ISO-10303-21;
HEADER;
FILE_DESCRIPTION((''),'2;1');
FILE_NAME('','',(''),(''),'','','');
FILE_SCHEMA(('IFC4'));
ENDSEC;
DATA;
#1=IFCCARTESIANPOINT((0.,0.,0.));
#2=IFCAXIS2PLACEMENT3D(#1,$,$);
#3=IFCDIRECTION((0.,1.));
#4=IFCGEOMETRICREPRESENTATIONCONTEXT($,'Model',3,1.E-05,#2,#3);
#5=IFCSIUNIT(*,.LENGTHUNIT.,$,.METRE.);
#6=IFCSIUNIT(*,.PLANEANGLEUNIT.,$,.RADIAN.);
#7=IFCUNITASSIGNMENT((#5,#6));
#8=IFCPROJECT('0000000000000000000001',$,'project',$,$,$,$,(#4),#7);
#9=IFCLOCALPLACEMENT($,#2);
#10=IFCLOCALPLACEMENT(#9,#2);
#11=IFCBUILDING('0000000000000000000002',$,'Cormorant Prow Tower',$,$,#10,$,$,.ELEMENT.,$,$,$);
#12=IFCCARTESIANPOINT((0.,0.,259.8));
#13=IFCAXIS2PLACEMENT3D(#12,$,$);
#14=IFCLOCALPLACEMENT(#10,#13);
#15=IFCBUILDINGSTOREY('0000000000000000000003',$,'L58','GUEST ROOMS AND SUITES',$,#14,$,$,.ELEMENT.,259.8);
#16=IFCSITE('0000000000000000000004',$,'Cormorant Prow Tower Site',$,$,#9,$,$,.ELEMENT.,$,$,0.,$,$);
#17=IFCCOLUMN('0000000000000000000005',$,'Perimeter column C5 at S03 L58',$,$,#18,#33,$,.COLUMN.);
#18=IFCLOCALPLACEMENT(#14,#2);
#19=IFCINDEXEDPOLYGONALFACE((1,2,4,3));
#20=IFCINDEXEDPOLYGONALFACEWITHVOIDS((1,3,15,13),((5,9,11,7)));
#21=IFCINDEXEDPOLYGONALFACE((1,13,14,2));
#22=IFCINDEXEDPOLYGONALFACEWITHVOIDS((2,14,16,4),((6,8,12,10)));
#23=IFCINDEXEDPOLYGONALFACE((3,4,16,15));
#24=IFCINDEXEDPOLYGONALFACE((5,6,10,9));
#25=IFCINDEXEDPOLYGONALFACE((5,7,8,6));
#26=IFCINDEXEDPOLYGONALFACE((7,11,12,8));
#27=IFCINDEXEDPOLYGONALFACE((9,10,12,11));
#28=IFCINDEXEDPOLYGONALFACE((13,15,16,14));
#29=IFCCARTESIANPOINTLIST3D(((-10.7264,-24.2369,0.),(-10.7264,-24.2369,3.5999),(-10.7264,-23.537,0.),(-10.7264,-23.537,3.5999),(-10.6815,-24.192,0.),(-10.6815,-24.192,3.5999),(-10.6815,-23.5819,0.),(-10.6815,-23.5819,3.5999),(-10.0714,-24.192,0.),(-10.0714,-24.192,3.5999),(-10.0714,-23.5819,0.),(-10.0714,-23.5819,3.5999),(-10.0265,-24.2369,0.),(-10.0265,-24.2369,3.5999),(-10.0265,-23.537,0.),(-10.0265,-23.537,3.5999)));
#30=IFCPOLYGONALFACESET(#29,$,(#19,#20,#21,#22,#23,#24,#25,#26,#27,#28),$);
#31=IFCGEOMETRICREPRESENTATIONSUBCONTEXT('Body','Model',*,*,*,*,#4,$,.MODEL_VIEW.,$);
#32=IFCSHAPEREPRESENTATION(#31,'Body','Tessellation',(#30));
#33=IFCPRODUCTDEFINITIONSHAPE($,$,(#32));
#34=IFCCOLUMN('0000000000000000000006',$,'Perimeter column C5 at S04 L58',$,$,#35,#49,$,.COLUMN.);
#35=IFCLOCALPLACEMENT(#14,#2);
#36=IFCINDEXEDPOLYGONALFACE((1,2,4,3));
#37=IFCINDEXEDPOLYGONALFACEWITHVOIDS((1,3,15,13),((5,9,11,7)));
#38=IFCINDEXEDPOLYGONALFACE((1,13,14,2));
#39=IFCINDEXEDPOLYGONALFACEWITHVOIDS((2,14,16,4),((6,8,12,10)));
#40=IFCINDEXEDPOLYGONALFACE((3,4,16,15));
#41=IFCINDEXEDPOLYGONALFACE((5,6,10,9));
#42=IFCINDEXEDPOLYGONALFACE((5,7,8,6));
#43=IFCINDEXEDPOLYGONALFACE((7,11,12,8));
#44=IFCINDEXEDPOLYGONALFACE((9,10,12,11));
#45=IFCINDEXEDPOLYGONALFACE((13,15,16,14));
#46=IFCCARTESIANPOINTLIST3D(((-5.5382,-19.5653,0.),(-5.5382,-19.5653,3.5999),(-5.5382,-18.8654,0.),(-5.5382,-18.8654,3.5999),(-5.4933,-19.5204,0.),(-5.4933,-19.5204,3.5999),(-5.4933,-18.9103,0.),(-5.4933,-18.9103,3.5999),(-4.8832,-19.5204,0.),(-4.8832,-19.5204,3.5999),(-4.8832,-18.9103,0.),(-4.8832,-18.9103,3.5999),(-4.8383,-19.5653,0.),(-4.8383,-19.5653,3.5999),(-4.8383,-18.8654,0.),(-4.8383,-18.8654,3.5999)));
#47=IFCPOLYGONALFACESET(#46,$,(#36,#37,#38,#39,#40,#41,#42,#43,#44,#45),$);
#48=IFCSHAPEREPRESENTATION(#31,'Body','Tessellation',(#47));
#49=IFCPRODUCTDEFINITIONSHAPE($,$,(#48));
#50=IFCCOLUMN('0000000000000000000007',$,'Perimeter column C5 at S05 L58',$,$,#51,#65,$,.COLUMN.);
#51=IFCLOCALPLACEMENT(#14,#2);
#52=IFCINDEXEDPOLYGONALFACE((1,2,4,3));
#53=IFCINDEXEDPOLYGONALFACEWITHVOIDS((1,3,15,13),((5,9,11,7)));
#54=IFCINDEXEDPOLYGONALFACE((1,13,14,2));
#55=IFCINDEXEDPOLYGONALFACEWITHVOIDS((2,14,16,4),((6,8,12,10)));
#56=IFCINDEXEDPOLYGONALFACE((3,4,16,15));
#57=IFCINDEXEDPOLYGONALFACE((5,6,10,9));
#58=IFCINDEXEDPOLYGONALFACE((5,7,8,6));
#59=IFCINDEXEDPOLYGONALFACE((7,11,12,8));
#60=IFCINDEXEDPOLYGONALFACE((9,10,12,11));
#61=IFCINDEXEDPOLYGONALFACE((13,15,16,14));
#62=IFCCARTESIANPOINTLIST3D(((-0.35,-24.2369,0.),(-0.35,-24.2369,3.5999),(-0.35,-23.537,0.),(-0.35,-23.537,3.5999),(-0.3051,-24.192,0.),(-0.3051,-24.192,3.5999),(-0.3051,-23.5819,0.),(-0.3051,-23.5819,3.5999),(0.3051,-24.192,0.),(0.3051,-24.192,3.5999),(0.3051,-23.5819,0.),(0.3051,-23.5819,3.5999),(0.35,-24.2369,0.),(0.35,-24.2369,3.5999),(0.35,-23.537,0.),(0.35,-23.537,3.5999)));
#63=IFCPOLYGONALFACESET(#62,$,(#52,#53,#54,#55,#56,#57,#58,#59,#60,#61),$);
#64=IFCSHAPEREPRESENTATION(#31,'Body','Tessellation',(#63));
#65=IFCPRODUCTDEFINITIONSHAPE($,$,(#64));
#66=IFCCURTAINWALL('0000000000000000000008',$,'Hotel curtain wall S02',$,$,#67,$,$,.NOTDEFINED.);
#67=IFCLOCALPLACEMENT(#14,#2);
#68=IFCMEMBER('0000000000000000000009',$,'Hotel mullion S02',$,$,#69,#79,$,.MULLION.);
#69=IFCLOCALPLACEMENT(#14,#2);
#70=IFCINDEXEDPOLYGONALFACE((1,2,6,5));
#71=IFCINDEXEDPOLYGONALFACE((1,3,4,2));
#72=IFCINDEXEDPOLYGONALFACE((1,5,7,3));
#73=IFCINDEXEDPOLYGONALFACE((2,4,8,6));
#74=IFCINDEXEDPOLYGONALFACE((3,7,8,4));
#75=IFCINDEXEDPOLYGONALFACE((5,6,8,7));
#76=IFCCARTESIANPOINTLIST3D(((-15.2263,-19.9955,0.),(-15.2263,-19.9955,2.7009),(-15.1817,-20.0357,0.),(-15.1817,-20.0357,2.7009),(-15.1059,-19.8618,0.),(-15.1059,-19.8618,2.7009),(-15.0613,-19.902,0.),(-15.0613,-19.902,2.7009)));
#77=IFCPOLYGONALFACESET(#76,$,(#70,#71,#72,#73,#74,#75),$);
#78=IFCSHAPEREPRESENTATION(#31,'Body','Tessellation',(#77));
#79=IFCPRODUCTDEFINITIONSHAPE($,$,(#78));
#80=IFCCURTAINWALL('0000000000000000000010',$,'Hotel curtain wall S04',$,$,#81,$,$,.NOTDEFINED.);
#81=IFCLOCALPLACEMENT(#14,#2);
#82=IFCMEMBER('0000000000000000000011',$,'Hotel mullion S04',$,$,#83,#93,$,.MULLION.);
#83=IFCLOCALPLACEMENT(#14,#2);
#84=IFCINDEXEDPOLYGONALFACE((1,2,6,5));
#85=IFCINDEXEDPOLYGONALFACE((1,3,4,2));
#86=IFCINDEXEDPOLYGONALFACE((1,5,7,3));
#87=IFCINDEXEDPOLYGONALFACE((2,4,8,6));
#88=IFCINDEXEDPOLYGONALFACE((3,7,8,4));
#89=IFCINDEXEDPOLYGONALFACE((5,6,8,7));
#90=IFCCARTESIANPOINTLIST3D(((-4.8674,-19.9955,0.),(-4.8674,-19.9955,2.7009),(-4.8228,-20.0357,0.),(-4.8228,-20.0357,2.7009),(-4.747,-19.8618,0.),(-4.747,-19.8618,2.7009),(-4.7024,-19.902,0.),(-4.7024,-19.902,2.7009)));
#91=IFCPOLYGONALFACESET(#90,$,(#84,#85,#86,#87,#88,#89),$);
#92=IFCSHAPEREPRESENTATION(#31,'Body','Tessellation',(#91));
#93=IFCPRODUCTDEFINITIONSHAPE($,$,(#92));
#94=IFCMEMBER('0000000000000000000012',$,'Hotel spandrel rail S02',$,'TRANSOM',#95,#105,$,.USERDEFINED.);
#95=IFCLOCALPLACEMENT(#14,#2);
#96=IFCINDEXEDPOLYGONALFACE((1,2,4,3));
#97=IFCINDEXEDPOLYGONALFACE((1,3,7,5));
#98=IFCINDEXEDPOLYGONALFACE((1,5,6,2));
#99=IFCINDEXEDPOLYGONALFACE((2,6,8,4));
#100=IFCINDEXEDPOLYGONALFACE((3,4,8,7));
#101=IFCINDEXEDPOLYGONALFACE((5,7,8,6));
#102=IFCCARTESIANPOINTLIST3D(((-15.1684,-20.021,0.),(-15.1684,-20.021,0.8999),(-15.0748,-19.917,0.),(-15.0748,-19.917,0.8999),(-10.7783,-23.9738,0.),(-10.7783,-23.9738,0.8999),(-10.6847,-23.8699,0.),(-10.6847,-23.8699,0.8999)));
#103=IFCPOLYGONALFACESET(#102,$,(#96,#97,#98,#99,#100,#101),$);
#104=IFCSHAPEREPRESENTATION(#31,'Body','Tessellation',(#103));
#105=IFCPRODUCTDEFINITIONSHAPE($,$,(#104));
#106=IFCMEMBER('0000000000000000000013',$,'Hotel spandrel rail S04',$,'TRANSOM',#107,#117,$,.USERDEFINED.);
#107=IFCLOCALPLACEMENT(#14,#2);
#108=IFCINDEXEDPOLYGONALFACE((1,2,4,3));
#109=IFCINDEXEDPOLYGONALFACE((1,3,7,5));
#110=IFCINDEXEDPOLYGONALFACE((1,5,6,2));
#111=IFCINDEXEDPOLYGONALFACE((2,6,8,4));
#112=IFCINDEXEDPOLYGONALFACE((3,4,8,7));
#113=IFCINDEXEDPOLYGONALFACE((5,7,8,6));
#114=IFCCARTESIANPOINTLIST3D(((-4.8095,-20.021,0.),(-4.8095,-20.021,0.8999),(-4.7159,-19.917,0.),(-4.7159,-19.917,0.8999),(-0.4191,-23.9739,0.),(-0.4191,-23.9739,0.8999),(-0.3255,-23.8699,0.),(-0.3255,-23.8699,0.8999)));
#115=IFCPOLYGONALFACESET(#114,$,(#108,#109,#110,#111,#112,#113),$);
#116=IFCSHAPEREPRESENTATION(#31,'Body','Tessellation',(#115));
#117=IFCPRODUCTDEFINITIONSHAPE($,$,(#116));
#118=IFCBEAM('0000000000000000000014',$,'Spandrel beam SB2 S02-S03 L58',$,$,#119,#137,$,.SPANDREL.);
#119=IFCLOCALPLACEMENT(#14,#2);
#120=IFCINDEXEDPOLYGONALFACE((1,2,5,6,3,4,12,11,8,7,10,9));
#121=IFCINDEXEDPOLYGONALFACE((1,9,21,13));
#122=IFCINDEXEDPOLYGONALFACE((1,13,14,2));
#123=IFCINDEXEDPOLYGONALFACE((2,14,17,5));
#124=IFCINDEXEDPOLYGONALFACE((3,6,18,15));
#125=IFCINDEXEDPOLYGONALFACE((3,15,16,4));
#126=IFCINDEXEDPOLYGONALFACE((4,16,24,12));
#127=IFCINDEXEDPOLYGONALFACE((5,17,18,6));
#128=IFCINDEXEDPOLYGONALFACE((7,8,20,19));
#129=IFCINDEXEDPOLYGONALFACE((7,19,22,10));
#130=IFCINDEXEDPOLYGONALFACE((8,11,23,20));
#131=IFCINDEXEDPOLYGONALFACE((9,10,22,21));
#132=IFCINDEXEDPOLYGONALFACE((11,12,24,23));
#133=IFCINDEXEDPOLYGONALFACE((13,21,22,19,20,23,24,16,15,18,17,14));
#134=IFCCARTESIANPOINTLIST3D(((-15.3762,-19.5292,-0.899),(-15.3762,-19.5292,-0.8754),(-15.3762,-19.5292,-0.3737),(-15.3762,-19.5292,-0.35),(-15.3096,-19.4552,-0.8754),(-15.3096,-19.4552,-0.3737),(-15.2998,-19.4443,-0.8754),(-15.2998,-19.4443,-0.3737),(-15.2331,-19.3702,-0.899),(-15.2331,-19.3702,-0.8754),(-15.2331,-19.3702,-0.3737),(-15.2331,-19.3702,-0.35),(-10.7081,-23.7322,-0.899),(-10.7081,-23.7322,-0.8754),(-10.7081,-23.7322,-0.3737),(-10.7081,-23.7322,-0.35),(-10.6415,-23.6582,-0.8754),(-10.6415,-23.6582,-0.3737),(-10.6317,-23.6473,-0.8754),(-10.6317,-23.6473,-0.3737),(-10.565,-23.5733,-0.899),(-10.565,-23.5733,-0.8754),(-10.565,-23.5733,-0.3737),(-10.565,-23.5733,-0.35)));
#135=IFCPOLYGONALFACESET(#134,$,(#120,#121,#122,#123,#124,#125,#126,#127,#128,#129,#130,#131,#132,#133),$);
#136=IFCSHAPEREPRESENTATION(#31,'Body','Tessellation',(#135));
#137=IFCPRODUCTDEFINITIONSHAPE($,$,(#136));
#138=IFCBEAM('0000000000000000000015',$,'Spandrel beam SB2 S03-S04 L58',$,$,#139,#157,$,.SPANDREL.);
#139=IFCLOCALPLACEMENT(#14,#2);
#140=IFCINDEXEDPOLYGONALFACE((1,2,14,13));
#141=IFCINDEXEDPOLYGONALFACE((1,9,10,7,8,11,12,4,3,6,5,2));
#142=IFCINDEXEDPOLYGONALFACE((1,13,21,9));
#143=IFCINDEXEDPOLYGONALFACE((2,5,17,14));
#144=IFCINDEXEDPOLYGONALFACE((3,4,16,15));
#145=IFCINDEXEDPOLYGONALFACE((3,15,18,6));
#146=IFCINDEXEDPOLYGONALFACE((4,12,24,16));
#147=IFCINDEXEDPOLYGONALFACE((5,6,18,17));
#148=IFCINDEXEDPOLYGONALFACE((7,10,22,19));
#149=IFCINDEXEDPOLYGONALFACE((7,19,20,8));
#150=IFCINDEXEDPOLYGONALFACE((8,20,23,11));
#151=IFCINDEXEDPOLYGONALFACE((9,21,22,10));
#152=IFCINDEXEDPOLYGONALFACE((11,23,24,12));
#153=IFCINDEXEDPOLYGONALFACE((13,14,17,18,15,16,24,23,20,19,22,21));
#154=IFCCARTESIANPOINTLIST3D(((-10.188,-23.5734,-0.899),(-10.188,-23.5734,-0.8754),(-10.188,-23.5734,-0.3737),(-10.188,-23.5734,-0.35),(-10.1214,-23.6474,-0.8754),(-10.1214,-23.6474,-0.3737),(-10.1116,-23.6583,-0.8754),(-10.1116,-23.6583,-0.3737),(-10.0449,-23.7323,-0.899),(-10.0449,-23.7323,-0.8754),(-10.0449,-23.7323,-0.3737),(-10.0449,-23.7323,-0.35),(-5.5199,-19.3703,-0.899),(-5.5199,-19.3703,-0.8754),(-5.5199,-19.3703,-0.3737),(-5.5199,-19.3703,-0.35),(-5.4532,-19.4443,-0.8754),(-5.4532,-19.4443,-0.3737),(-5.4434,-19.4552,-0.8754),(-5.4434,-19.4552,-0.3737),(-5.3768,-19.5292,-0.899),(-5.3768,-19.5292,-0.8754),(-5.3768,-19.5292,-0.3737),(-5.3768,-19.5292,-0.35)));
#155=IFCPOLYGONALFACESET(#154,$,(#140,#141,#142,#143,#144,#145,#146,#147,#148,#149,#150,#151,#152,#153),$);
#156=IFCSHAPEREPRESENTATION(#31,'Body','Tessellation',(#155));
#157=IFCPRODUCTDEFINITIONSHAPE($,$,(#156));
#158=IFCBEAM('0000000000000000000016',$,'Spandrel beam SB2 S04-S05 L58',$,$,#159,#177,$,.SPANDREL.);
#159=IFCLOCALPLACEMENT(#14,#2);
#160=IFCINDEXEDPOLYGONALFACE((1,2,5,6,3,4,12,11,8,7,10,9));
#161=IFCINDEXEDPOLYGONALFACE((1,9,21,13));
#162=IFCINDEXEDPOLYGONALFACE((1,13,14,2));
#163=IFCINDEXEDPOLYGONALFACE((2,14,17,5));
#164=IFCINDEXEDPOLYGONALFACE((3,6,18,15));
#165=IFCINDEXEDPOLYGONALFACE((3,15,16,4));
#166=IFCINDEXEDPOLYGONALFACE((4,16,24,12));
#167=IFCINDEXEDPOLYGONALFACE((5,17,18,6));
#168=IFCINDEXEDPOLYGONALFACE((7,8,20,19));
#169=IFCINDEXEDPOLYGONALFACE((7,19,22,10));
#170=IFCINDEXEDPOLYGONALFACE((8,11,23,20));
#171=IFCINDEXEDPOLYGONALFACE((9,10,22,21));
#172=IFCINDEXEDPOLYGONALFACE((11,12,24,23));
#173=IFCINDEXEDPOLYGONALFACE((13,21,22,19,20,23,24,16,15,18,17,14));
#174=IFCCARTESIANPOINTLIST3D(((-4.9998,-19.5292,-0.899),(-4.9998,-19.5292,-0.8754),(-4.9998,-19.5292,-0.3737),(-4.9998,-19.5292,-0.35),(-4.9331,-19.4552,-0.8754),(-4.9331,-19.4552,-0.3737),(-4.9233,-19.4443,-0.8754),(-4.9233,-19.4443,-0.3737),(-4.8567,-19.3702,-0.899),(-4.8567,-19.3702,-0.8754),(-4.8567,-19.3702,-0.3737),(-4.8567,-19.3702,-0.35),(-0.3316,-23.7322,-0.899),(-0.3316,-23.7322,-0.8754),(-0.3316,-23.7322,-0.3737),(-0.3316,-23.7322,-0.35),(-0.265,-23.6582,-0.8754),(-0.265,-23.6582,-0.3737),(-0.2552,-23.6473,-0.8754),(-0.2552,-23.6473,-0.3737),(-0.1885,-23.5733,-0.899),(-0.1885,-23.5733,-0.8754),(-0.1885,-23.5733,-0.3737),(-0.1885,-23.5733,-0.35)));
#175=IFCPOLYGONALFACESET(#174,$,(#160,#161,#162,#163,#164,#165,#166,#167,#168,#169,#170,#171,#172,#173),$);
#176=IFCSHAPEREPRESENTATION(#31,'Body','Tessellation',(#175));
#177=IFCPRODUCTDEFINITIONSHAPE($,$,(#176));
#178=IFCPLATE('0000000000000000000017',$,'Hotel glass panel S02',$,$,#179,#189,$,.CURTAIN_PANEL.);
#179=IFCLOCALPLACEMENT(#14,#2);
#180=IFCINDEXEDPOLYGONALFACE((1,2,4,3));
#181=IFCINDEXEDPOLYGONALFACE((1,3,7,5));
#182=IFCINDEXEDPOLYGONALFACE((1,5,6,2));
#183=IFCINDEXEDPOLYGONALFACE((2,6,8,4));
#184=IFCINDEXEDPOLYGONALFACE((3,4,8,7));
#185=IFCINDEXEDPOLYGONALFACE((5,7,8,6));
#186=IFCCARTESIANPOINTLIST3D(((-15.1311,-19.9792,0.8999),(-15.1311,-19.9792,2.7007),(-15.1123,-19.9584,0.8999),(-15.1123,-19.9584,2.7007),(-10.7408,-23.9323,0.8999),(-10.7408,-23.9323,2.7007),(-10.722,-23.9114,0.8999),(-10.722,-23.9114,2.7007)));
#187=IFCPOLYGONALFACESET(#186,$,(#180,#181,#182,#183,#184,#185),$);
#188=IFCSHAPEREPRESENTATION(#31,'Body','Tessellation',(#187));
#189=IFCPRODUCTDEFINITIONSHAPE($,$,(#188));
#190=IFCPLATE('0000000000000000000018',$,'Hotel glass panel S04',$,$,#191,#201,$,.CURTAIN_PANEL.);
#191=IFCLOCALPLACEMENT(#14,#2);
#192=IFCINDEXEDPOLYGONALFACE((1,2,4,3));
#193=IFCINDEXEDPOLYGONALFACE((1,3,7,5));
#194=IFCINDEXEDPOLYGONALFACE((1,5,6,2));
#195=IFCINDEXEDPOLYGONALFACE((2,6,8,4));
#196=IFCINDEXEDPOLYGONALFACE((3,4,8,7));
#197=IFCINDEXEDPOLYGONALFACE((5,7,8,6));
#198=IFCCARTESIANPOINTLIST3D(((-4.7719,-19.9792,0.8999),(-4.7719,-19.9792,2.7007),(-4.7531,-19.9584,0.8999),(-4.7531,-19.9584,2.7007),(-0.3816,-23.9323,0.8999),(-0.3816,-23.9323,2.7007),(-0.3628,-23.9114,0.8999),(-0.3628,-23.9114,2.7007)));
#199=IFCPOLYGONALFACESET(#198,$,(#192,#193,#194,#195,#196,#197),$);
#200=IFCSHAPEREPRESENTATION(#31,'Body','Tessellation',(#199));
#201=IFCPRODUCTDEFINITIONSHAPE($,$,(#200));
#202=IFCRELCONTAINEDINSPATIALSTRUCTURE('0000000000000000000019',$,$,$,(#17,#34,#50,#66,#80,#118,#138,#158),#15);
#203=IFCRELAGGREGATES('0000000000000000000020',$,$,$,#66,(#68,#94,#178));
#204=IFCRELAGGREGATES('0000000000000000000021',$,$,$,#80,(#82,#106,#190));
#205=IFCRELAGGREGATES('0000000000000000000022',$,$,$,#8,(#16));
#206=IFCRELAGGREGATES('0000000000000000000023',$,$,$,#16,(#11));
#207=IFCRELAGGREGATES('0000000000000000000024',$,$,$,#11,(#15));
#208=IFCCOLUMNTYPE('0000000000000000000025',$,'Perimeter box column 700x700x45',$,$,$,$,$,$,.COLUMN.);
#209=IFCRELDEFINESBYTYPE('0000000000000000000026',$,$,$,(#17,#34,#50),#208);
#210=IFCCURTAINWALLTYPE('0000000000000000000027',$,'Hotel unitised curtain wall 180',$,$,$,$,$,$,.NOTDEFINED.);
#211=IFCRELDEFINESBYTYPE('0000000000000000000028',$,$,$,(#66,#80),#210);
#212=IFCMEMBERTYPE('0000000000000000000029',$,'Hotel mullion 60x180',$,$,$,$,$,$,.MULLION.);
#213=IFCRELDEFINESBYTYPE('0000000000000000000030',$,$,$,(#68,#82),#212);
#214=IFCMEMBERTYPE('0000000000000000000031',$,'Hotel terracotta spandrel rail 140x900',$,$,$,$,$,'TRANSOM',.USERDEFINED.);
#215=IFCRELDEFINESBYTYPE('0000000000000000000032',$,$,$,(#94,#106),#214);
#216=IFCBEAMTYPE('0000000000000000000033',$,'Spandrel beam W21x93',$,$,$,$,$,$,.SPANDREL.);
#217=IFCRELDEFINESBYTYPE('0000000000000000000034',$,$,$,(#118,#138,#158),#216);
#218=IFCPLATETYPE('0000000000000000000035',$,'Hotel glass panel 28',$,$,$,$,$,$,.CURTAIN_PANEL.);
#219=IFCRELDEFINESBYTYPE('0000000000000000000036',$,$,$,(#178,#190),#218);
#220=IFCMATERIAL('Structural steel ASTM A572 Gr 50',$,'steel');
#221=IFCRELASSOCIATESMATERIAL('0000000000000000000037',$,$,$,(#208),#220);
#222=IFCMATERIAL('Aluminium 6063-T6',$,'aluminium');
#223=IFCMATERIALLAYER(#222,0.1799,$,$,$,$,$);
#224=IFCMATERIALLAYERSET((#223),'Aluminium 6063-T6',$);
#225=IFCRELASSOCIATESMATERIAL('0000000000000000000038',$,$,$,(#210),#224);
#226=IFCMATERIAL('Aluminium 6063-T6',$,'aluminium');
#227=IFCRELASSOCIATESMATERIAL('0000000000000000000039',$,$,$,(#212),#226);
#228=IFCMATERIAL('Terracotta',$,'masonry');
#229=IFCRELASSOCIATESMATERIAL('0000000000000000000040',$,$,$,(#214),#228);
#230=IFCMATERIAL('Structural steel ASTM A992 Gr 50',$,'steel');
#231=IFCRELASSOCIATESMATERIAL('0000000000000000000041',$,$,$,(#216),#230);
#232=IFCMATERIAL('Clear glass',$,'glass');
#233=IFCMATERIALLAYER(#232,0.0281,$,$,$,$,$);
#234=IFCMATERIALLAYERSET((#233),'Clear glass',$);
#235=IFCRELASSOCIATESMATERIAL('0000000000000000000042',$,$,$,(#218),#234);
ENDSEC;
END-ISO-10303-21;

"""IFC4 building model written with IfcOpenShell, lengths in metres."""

from ifc_helpers import new_model, si_unit, direction, frame, origin, origin_2d, place, context, subcontext, project, spatial, rectangle, hollow_rectangle, i_section, extrude, material, layer, layer_set, material_profile, profile_set, type_object, element, aggregate, save


model = new_model("IFC4")

# Units and contexts
model_context = context("Model", 3, precision=1e-05, world=origin(), true_north=direction((0.0, 1.0)))
body_context = subcontext(model_context, "Body", "Model", "MODEL_VIEW")
ifc_project = project(units=[si_unit("LENGTHUNIT", "METRE"), si_unit("PLANEANGLEUNIT", "RADIAN")], contexts=[model_context])

# Site, building, storey
site_placement = place(None, origin())
site = spatial("IfcSite", under=ifc_project, at=site_placement, Name="Cormorant Prow Tower Site", CompositionType="ELEMENT", RefElevation=0.0)
building_placement = place(site_placement, origin())
building = spatial("IfcBuilding", under=site, at=building_placement, Name="Cormorant Prow Tower", CompositionType="ELEMENT")
storey_placement = place(building_placement, frame((0.0, 0.0, 259.8)))
storey = spatial("IfcBuildingStorey", under=building, at=storey_placement, Name="L58", Description="GUEST ROOMS AND SUITES", CompositionType="ELEMENT", Elevation=259.8)

# Columns
ifc_material_1 = material(Name="Structural steel ASTM A572 Gr 50", Category="steel")
ifc_material_profile_1 = material_profile(ifc_material_1, hollow_rectangle(XDim=0.7, YDim=0.7, WallThickness=0.0449, at=origin_2d()), Name="Box 700x700x45")
ifc_profile_set_1 = profile_set([ifc_material_profile_1], Name="Structural steel ASTM A572 Gr 50")
column_type = type_object("IfcColumnType", Name="Perimeter box column 700x700x45", PredefinedType="COLUMN", material=ifc_profile_set_1)
for number, where, z_axis, x_axis, name in (
    (1, (-10.3765, -23.887, 0.0), (0.0, 0.0, 1.0), (1.0, 0.0, 0.0), "Perimeter column C5 at S03 L58"),
    (2, (-5.1882, -19.2153, 0.0), (0.0, 0.0, 1.0), (1.0, 0.0, 0.0), "Perimeter column C5 at S04 L58"),
    (3, (0.0, -23.887, 0.0), (0.0, 0.0, 1.0), (1.0, 0.0, 0.0), "Perimeter column C5 at S05 L58"),
):
    element("IfcColumn", number, at=place(storey_placement, frame(where, z_axis=z_axis, x_axis=x_axis)), inside=storey, type_object=column_type, Name=name, PredefinedType="COLUMN", context=body_context, shape_type="SweptSolid", body=[
        extrude(hollow_rectangle(XDim=0.7, YDim=0.7, WallThickness=0.0449, at=origin_2d()), origin(), (0.0, 0.0, 1.0), 3.5999),
    ])

# Curtain walls, members
ifc_material_2 = material(Name="Aluminium 6063-T6", Category="aluminium")
ifc_layer_1 = layer(ifc_material_2, 0.1799)
ifc_layer_set_1 = layer_set([ifc_layer_1], Name="Aluminium 6063-T6")
curtain_wall_type = type_object("IfcCurtainWallType", Name="Hotel unitised curtain wall 180", PredefinedType="NOTDEFINED", material=ifc_layer_set_1)
curtain_wall_1_placement = place(storey_placement, origin())
curtain_wall_1 = element("IfcCurtainWall", 4, at=curtain_wall_1_placement, inside=storey, type_object=curtain_wall_type, Name="Hotel curtain wall S02", PredefinedType="NOTDEFINED")
ifc_material_3 = material(Name="Aluminium 6063-T6", Category="aluminium")
ifc_material_profile_2 = material_profile(ifc_material_3, rectangle(XDim=0.1799, YDim=0.0601, at=origin_2d()), Name="Hotel mullion 60x180")
ifc_profile_set_2 = profile_set([ifc_material_profile_2], Name="Aluminium 6063-T6")
member_type_1 = type_object("IfcMemberType", Name="Hotel mullion 60x180", PredefinedType="MULLION", material=ifc_profile_set_2)
member_1_placement = place(storey_placement, frame((-15.1438, -19.9487, 0.0), z_axis=(0.0, 0.0, 1.0), x_axis=(0.669131, 0.743145, 0.0)))
member_1 = element("IfcMember", 5, at=member_1_placement, type_object=member_type_1, Name="Hotel mullion S02", PredefinedType="MULLION", context=body_context, shape_type="SweptSolid", body=[
    extrude(rectangle(XDim=0.1799, YDim=0.0601, at=origin_2d()), origin(), (0.0, 0.0, 1.0), 2.7009),
])
curtain_wall_2_placement = place(storey_placement, origin())
curtain_wall_2 = element("IfcCurtainWall", 6, at=curtain_wall_2_placement, inside=storey, type_object=curtain_wall_type, Name="Hotel curtain wall S04", PredefinedType="NOTDEFINED")
member_2_placement = place(storey_placement, frame((-4.7849, -19.9487, 0.0), z_axis=(0.0, 0.0, 1.0), x_axis=(0.669131, 0.743145, 0.0)))
member_2 = element("IfcMember", 7, at=member_2_placement, type_object=member_type_1, Name="Hotel mullion S04", PredefinedType="MULLION", context=body_context, shape_type="SweptSolid", body=[
    extrude(rectangle(XDim=0.1799, YDim=0.0601, at=origin_2d()), origin(), (0.0, 0.0, 1.0), 2.7009),
])

# Members
ifc_material_4 = material(Name="Terracotta", Category="masonry")
ifc_material_profile_3 = material_profile(ifc_material_4, rectangle(XDim=0.1399, YDim=0.8999, at=origin_2d()), Name="Hotel terracotta spandrel rail 140x900")
ifc_profile_set_3 = profile_set([ifc_material_profile_3], Name="Terracotta")
member_type_2 = type_object("IfcMemberType", Name="Hotel terracotta spandrel rail 140x900", ElementType="TRANSOM", PredefinedType="USERDEFINED", material=ifc_profile_set_3)
member_3_placement = place(storey_placement, frame((-15.1216, -19.969, 0.45), z_axis=(0.743146, -0.669129, 0.0), x_axis=(0.669129, 0.743146, 0.0)))
member_3 = element("IfcMember", 8, at=member_3_placement, type_object=member_type_2, Name="Hotel spandrel rail S02", ObjectType="TRANSOM", PredefinedType="USERDEFINED", context=body_context, shape_type="SweptSolid", body=[
    extrude(rectangle(XDim=0.1399, YDim=0.8999, at=origin_2d()), origin(), (0.0, 0.0, 1.0), 5.9075),
])
member_4_placement = place(storey_placement, frame((-4.7627, -19.969, 0.45), z_axis=(0.743165, -0.669109, 0.0), x_axis=(0.669109, 0.743165, 0.0)))
member_4 = element("IfcMember", 9, at=member_4_placement, type_object=member_type_2, Name="Hotel spandrel rail S04", ObjectType="TRANSOM", PredefinedType="USERDEFINED", context=body_context, shape_type="SweptSolid", body=[
    extrude(rectangle(XDim=0.1399, YDim=0.8999, at=origin_2d()), origin(), (0.0, 0.0, 1.0), 5.9077),
])

# Beams
ifc_material_5 = material(Name="Structural steel ASTM A992 Gr 50", Category="steel")
ifc_material_profile_4 = material_profile(ifc_material_5, i_section(OverallWidth=0.2139, OverallDepth=0.5491, WebThickness=0.0146, FlangeThickness=0.0237, at=origin_2d()), Name="W21x93")
ifc_profile_set_4 = profile_set([ifc_material_profile_4], Name="Structural steel ASTM A992 Gr 50")
beam_type = type_object("IfcBeamType", Name="Spandrel beam W21x93", PredefinedType="SPANDREL", material=ifc_profile_set_4)
for number, where, z_axis, x_axis, name in (
    (10, (-15.3047, -19.4497, -0.6245), (0.743157, -0.669117, 0.0), (0.669117, 0.743157, 0.0), "Spandrel beam SB2 S02-S03 L58"),
    (11, (-10.1165, -23.6528, -0.6245), (0.743157, 0.669117, 0.0), (-0.669117, 0.743157, 0.0), "Spandrel beam SB2 S03-S04 L58"),
    (12, (-4.9282, -19.4497, -0.6245), (0.743157, -0.669117, 0.0), (0.669117, 0.743157, 0.0), "Spandrel beam SB2 S04-S05 L58"),
):
    element("IfcBeam", number, at=place(storey_placement, frame(where, z_axis=z_axis, x_axis=x_axis)), inside=storey, type_object=beam_type, Name=name, PredefinedType="SPANDREL", context=body_context, shape_type="SweptSolid", body=[
        extrude(i_section(OverallWidth=0.2139, OverallDepth=0.5491, WebThickness=0.0146, FlangeThickness=0.0237, at=origin_2d()), origin(), (0.0, 0.0, 1.0), 6.2815),
    ])

# Plates
ifc_material_6 = material(Name="Clear glass", Category="glass")
ifc_layer_2 = layer(ifc_material_6, 0.0281)
ifc_layer_set_2 = layer_set([ifc_layer_2], Name="Clear glass")
plate_type = type_object("IfcPlateType", Name="Hotel glass panel 28", PredefinedType="CURTAIN_PANEL", material=ifc_layer_set_2)
plate_1_placement = place(storey_placement, frame((-12.9265, -21.9453, 0.8999), z_axis=(0.0, 0.0, 1.0), x_axis=(0.743145, -0.669131, 0.0)))
plate_1 = element("IfcPlate", 13, at=plate_1_placement, type_object=plate_type, Name="Hotel glass panel S02", PredefinedType="CURTAIN_PANEL", context=body_context, shape_type="SweptSolid", body=[
    extrude(rectangle(XDim=5.9077, YDim=0.0281, at=origin_2d()), origin(), (0.0, 0.0, 1.0), 1.8008),
])
aggregate(curtain_wall_1, [member_1, member_3, plate_1])
plate_2_placement = place(storey_placement, frame((-2.5674, -21.9453, 0.8999), z_axis=(0.0, 0.0, 1.0), x_axis=(0.743145, -0.669131, 0.0)))
plate_2 = element("IfcPlate", 14, at=plate_2_placement, type_object=plate_type, Name="Hotel glass panel S04", PredefinedType="CURTAIN_PANEL", context=body_context, shape_type="SweptSolid", body=[
    extrude(rectangle(XDim=5.9077, YDim=0.0281, at=origin_2d()), origin(), (0.0, 0.0, 1.0), 1.8008),
])
aggregate(curtain_wall_2, [member_2, member_4, plate_2])

save(model, "model.ifc")
